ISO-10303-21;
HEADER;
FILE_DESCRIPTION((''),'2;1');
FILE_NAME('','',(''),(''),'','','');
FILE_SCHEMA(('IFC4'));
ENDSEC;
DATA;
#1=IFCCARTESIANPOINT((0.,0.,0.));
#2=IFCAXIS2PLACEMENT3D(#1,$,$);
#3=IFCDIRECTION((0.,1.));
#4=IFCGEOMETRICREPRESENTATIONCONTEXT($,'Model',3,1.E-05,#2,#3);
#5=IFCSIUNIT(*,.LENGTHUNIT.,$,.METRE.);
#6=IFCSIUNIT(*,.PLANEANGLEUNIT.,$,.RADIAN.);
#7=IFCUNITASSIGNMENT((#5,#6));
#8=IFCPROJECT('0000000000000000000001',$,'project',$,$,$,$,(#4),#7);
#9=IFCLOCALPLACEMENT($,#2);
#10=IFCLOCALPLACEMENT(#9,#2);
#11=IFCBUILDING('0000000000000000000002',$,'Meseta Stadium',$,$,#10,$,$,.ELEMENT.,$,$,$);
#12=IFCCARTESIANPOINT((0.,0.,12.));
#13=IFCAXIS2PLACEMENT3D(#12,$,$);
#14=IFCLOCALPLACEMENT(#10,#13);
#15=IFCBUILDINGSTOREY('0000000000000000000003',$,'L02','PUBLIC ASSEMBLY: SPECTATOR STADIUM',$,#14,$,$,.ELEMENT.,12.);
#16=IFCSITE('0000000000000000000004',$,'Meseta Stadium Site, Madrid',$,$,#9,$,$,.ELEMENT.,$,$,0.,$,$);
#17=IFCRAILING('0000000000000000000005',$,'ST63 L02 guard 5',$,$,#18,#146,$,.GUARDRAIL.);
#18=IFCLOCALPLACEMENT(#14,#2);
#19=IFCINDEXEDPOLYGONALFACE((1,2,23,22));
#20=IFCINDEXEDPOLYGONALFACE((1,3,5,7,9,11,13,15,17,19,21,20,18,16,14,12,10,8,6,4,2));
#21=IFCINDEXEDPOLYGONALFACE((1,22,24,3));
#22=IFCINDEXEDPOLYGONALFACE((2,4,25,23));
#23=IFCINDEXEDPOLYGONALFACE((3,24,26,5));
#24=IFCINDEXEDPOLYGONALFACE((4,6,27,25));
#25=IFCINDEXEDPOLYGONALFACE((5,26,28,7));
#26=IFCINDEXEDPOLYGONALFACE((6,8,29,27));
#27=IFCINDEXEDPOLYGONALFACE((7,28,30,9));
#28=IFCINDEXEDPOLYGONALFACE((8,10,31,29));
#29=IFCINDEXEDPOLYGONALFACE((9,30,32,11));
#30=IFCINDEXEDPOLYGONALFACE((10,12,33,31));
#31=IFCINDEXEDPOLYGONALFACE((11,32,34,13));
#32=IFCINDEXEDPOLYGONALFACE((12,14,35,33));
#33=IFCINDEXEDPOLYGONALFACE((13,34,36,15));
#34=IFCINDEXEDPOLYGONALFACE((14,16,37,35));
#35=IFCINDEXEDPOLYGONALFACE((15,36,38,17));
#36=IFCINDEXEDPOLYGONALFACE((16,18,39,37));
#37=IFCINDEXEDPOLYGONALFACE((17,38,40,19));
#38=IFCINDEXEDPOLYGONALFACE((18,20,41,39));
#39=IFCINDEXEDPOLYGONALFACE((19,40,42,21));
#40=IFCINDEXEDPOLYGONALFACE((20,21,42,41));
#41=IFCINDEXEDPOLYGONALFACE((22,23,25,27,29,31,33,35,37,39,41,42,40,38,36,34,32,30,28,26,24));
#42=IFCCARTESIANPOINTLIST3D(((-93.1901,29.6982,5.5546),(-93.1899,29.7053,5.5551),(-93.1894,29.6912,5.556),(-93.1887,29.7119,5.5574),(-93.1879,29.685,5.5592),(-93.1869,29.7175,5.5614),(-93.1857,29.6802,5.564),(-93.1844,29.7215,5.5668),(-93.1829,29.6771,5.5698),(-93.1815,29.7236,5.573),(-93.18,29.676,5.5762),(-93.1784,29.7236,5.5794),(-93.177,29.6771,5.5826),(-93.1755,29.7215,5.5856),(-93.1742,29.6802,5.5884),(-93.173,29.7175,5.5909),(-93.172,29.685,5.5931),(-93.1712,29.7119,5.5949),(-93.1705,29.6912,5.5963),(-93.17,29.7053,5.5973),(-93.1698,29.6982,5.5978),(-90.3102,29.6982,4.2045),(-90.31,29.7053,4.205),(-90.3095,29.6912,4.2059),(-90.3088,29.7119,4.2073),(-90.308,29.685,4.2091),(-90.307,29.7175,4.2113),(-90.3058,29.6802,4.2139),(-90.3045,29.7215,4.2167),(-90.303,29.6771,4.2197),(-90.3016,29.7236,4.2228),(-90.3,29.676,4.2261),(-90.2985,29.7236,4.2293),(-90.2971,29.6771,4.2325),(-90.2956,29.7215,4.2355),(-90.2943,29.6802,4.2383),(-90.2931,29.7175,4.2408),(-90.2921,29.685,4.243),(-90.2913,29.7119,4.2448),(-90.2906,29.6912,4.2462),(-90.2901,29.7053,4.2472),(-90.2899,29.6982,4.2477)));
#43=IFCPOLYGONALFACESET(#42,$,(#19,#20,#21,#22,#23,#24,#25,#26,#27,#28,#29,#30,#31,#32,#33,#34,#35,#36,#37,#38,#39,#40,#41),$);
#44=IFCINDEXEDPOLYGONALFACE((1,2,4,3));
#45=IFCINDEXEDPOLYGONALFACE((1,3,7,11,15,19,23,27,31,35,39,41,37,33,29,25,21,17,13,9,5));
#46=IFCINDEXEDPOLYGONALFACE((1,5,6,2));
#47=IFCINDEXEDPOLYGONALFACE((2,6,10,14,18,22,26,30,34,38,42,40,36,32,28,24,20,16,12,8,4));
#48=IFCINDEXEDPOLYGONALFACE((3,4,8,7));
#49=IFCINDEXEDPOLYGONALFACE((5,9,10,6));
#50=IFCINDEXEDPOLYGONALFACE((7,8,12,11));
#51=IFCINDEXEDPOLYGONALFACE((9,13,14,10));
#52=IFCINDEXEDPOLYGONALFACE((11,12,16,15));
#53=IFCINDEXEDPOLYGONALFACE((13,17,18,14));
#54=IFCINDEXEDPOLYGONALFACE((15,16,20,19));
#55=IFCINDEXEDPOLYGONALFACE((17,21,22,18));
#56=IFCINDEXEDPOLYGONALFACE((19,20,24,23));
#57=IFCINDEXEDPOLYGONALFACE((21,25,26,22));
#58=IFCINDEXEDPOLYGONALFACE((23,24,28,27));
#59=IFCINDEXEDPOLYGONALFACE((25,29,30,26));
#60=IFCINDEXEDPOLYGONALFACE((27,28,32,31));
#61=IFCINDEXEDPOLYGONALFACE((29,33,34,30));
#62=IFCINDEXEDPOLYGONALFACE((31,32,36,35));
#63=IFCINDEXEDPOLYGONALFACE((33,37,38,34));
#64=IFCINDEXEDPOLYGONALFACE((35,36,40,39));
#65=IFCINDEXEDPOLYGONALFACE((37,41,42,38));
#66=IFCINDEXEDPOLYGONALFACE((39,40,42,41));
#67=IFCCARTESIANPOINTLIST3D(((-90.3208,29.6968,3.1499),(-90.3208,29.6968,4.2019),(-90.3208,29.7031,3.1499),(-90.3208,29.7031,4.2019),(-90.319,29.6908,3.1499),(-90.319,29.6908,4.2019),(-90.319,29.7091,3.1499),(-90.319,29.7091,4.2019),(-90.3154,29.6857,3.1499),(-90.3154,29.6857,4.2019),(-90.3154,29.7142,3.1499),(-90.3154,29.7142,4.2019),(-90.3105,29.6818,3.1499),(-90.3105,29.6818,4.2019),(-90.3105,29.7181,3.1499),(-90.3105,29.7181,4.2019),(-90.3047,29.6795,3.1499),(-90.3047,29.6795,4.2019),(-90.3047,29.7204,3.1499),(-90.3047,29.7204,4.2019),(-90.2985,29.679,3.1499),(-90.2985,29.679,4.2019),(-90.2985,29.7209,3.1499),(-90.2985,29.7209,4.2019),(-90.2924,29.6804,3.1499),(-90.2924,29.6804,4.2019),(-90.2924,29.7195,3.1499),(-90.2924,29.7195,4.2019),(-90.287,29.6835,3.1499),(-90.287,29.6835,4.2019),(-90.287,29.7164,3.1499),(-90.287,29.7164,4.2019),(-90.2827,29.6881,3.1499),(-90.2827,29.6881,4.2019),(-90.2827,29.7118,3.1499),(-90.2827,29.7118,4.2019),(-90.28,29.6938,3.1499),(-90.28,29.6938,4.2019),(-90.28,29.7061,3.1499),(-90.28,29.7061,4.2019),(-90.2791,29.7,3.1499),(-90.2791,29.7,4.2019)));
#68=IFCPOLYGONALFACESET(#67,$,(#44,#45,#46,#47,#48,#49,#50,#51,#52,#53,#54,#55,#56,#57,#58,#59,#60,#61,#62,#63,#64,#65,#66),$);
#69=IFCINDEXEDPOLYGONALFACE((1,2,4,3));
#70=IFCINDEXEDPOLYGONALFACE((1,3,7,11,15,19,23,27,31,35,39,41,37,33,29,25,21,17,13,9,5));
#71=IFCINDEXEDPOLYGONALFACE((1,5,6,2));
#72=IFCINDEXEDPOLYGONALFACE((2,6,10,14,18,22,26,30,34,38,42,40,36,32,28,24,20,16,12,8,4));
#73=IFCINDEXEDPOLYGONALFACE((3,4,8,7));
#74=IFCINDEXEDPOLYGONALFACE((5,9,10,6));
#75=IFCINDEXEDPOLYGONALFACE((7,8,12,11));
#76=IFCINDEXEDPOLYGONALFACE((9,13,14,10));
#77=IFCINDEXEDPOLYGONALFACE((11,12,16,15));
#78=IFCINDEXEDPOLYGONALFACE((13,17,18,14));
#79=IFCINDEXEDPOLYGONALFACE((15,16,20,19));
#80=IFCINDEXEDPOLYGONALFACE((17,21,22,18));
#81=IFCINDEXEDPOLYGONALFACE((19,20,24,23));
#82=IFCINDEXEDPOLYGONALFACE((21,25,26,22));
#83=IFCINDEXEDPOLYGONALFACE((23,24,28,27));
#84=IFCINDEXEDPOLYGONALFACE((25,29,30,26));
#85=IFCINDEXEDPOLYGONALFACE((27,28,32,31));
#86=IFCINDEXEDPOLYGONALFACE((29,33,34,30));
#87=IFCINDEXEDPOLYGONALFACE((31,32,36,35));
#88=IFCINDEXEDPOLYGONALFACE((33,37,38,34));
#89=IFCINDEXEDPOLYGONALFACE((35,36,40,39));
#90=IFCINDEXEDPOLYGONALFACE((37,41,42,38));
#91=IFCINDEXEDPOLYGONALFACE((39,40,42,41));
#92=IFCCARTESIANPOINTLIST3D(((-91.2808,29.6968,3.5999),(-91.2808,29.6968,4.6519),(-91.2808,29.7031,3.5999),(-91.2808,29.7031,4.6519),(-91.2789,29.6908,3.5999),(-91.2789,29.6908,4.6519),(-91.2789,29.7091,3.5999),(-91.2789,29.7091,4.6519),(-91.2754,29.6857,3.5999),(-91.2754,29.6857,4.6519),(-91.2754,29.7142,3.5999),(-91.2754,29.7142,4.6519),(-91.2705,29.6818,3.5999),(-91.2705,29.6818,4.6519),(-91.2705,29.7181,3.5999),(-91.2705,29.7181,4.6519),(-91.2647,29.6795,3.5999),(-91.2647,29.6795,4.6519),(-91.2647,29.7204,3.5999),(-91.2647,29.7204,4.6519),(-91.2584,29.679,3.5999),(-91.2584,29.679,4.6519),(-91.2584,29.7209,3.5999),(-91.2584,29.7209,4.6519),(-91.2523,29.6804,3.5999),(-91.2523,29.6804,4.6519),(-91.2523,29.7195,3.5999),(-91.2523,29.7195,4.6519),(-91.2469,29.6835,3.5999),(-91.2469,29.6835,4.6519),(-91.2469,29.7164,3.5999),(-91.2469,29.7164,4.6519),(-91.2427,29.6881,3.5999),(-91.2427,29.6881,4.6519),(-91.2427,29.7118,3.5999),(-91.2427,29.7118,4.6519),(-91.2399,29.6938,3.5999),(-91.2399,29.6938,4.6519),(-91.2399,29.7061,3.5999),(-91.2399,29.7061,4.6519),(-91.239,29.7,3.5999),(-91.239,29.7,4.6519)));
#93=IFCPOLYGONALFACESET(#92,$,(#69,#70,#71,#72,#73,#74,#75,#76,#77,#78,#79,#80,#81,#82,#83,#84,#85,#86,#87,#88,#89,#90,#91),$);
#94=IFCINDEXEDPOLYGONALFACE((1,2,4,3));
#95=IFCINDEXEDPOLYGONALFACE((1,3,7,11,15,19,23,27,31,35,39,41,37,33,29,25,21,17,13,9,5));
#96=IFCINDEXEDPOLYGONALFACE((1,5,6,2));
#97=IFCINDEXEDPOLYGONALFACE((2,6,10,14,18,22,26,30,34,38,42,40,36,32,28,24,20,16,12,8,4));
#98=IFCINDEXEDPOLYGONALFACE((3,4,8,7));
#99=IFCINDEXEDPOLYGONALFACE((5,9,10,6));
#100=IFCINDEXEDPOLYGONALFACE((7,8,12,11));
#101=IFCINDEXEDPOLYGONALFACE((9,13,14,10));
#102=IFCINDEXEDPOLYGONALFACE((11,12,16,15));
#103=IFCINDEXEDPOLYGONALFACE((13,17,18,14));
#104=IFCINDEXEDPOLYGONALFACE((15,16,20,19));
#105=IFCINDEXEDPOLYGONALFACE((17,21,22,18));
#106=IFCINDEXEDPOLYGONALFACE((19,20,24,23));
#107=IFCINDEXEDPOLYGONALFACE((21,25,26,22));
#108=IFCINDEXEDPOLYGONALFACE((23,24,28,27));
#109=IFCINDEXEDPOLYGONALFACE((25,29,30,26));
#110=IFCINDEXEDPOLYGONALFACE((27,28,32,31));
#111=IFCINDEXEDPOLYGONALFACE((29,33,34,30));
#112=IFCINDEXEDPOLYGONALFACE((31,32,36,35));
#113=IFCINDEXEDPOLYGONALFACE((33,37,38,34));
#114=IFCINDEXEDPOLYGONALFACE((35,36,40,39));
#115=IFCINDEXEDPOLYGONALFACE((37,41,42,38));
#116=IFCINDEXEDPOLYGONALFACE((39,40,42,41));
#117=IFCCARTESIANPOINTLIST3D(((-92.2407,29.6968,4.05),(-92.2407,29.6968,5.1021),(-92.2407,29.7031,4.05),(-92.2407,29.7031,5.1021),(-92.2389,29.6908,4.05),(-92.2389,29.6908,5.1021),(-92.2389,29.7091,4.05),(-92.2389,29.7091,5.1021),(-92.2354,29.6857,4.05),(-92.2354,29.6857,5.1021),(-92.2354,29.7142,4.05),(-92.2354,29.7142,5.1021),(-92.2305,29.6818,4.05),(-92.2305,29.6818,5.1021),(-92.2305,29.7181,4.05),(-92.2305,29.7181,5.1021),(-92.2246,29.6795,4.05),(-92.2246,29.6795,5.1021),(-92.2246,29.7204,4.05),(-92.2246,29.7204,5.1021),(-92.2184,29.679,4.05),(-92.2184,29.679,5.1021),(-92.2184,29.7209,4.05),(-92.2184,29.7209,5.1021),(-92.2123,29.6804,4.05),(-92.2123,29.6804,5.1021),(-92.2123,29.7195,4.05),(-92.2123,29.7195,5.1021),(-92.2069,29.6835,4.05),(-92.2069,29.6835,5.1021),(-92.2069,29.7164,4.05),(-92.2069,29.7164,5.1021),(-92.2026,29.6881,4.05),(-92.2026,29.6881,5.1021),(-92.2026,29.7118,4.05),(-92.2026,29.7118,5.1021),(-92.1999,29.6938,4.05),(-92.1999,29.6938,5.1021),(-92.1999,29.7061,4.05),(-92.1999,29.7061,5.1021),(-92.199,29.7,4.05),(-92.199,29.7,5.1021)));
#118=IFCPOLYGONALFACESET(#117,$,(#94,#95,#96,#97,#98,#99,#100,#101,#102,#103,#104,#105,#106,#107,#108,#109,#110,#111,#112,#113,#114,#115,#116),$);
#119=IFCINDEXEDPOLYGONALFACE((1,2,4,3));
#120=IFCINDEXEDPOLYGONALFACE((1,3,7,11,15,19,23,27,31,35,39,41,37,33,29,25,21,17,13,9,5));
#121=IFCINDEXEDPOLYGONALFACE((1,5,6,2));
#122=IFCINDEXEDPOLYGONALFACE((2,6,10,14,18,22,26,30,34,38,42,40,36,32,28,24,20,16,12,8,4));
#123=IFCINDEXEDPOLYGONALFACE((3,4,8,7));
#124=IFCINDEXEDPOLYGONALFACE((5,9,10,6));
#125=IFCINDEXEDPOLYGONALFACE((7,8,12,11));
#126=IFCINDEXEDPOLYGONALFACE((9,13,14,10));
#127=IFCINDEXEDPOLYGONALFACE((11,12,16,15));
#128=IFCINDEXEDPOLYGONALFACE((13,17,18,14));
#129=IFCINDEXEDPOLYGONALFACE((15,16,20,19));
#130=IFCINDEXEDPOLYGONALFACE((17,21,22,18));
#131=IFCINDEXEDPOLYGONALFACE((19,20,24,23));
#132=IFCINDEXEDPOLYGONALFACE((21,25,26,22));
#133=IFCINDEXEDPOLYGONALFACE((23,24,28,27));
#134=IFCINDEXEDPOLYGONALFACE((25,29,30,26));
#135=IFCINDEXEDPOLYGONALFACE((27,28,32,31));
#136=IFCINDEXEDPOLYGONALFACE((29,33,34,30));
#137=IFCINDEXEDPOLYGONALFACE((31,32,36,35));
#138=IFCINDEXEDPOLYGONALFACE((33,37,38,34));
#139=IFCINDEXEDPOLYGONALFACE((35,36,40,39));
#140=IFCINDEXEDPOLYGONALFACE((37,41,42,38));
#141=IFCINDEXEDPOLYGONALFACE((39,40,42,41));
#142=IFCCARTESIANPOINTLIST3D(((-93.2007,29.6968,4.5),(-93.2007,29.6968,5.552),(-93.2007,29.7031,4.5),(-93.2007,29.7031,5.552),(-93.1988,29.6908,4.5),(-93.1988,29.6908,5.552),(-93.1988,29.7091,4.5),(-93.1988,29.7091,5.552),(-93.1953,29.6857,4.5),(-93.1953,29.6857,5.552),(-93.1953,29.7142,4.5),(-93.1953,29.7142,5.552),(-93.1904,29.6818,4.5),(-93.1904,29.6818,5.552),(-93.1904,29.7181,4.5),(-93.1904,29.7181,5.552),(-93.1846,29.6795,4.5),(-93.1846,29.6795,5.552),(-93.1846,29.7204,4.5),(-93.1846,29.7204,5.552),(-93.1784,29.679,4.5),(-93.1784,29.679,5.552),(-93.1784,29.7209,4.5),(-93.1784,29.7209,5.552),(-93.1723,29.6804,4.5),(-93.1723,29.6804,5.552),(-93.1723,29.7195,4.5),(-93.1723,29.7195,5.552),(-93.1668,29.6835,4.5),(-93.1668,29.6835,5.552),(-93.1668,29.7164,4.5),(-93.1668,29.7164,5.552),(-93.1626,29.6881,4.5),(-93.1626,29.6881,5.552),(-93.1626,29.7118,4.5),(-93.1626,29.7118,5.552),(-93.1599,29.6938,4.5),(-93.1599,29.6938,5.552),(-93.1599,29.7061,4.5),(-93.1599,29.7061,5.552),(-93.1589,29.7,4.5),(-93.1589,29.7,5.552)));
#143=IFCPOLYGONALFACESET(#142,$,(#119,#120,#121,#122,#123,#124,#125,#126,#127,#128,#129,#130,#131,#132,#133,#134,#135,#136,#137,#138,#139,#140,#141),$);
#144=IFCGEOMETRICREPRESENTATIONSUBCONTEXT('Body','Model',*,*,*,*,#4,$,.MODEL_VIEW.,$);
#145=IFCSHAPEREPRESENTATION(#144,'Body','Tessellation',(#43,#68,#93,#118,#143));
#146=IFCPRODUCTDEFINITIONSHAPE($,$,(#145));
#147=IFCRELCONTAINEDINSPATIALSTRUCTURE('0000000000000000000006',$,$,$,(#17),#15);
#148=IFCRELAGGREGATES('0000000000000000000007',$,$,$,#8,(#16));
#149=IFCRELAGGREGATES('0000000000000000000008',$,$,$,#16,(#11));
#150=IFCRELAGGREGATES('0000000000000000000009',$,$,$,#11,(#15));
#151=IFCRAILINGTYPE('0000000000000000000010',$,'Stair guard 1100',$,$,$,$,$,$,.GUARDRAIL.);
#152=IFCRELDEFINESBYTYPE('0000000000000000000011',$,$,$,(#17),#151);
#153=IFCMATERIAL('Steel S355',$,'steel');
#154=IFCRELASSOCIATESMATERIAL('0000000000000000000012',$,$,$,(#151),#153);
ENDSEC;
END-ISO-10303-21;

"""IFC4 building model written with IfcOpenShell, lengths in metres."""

from ifc_helpers import new_model, si_unit, direction, frame, origin, origin_2d, place, context, subcontext, project, spatial, circle, extrude, material, type_object, element, save


model = new_model("IFC4")

# Units and contexts
model_context = context("Model", 3, precision=1e-05, world=origin(), true_north=direction((0.0, 1.0)))
body_context = subcontext(model_context, "Body", "Model", "MODEL_VIEW")
ifc_project = project(units=[si_unit("LENGTHUNIT", "METRE"), si_unit("PLANEANGLEUNIT", "RADIAN")], contexts=[model_context])

# Site, building, storey
site_placement = place(None, origin())
site = spatial("IfcSite", under=ifc_project, at=site_placement, Name="Meseta Stadium Site, Madrid", CompositionType="ELEMENT", RefElevation=0.0)
building_placement = place(site_placement, origin())
building = spatial("IfcBuilding", under=site, at=building_placement, Name="Meseta Stadium", CompositionType="ELEMENT")
storey_placement = place(building_placement, frame((0.0, 0.0, 12.0)))
storey = spatial("IfcBuildingStorey", under=building, at=storey_placement, Name="L02", Description="PUBLIC ASSEMBLY: SPECTATOR STADIUM", CompositionType="ELEMENT", Elevation=12.0)

# Railing
ifc_material_1 = material(Name="Steel S355", Category="steel")
railing_type_1 = type_object("IfcRailingType", Name="Stair guard 1100", PredefinedType="GUARDRAIL", material=ifc_material_1)
railing_1_placement = place(storey_placement, frame((-90.3, 29.7, 3.1499)))
element("IfcRailing", 1, at=railing_1_placement, inside=storey, type_object=railing_type_1, Name="ST63 L02 guard 5", PredefinedType="GUARDRAIL", context=body_context, shape_type="SweptSolid", body=[
    extrude(circle(Radius=0.0239, at=origin_2d()), frame((0.0, 0.0, 1.0762), z_axis=(-0.90544, 0.0, 0.424473), x_axis=(0.0, -1.0, 0.0)), (0.0, 0.0, 1.0), 3.1807),
    extrude(circle(Radius=0.021, at=origin_2d()), origin(), (0.0, 0.0, 1.0), 1.052),
    extrude(circle(Radius=0.021, at=origin_2d()), frame((-0.96, 0.0, 0.45)), (0.0, 0.0, 1.0), 1.052),
    extrude(circle(Radius=0.021, at=origin_2d()), frame((-1.9199, 0.0, 0.9001)), (0.0, 0.0, 1.0), 1.052),
    extrude(circle(Radius=0.021, at=origin_2d()), frame((-2.8799, 0.0, 1.3501)), (0.0, 0.0, 1.0), 1.052),
])

save(model, "model.ifc")
